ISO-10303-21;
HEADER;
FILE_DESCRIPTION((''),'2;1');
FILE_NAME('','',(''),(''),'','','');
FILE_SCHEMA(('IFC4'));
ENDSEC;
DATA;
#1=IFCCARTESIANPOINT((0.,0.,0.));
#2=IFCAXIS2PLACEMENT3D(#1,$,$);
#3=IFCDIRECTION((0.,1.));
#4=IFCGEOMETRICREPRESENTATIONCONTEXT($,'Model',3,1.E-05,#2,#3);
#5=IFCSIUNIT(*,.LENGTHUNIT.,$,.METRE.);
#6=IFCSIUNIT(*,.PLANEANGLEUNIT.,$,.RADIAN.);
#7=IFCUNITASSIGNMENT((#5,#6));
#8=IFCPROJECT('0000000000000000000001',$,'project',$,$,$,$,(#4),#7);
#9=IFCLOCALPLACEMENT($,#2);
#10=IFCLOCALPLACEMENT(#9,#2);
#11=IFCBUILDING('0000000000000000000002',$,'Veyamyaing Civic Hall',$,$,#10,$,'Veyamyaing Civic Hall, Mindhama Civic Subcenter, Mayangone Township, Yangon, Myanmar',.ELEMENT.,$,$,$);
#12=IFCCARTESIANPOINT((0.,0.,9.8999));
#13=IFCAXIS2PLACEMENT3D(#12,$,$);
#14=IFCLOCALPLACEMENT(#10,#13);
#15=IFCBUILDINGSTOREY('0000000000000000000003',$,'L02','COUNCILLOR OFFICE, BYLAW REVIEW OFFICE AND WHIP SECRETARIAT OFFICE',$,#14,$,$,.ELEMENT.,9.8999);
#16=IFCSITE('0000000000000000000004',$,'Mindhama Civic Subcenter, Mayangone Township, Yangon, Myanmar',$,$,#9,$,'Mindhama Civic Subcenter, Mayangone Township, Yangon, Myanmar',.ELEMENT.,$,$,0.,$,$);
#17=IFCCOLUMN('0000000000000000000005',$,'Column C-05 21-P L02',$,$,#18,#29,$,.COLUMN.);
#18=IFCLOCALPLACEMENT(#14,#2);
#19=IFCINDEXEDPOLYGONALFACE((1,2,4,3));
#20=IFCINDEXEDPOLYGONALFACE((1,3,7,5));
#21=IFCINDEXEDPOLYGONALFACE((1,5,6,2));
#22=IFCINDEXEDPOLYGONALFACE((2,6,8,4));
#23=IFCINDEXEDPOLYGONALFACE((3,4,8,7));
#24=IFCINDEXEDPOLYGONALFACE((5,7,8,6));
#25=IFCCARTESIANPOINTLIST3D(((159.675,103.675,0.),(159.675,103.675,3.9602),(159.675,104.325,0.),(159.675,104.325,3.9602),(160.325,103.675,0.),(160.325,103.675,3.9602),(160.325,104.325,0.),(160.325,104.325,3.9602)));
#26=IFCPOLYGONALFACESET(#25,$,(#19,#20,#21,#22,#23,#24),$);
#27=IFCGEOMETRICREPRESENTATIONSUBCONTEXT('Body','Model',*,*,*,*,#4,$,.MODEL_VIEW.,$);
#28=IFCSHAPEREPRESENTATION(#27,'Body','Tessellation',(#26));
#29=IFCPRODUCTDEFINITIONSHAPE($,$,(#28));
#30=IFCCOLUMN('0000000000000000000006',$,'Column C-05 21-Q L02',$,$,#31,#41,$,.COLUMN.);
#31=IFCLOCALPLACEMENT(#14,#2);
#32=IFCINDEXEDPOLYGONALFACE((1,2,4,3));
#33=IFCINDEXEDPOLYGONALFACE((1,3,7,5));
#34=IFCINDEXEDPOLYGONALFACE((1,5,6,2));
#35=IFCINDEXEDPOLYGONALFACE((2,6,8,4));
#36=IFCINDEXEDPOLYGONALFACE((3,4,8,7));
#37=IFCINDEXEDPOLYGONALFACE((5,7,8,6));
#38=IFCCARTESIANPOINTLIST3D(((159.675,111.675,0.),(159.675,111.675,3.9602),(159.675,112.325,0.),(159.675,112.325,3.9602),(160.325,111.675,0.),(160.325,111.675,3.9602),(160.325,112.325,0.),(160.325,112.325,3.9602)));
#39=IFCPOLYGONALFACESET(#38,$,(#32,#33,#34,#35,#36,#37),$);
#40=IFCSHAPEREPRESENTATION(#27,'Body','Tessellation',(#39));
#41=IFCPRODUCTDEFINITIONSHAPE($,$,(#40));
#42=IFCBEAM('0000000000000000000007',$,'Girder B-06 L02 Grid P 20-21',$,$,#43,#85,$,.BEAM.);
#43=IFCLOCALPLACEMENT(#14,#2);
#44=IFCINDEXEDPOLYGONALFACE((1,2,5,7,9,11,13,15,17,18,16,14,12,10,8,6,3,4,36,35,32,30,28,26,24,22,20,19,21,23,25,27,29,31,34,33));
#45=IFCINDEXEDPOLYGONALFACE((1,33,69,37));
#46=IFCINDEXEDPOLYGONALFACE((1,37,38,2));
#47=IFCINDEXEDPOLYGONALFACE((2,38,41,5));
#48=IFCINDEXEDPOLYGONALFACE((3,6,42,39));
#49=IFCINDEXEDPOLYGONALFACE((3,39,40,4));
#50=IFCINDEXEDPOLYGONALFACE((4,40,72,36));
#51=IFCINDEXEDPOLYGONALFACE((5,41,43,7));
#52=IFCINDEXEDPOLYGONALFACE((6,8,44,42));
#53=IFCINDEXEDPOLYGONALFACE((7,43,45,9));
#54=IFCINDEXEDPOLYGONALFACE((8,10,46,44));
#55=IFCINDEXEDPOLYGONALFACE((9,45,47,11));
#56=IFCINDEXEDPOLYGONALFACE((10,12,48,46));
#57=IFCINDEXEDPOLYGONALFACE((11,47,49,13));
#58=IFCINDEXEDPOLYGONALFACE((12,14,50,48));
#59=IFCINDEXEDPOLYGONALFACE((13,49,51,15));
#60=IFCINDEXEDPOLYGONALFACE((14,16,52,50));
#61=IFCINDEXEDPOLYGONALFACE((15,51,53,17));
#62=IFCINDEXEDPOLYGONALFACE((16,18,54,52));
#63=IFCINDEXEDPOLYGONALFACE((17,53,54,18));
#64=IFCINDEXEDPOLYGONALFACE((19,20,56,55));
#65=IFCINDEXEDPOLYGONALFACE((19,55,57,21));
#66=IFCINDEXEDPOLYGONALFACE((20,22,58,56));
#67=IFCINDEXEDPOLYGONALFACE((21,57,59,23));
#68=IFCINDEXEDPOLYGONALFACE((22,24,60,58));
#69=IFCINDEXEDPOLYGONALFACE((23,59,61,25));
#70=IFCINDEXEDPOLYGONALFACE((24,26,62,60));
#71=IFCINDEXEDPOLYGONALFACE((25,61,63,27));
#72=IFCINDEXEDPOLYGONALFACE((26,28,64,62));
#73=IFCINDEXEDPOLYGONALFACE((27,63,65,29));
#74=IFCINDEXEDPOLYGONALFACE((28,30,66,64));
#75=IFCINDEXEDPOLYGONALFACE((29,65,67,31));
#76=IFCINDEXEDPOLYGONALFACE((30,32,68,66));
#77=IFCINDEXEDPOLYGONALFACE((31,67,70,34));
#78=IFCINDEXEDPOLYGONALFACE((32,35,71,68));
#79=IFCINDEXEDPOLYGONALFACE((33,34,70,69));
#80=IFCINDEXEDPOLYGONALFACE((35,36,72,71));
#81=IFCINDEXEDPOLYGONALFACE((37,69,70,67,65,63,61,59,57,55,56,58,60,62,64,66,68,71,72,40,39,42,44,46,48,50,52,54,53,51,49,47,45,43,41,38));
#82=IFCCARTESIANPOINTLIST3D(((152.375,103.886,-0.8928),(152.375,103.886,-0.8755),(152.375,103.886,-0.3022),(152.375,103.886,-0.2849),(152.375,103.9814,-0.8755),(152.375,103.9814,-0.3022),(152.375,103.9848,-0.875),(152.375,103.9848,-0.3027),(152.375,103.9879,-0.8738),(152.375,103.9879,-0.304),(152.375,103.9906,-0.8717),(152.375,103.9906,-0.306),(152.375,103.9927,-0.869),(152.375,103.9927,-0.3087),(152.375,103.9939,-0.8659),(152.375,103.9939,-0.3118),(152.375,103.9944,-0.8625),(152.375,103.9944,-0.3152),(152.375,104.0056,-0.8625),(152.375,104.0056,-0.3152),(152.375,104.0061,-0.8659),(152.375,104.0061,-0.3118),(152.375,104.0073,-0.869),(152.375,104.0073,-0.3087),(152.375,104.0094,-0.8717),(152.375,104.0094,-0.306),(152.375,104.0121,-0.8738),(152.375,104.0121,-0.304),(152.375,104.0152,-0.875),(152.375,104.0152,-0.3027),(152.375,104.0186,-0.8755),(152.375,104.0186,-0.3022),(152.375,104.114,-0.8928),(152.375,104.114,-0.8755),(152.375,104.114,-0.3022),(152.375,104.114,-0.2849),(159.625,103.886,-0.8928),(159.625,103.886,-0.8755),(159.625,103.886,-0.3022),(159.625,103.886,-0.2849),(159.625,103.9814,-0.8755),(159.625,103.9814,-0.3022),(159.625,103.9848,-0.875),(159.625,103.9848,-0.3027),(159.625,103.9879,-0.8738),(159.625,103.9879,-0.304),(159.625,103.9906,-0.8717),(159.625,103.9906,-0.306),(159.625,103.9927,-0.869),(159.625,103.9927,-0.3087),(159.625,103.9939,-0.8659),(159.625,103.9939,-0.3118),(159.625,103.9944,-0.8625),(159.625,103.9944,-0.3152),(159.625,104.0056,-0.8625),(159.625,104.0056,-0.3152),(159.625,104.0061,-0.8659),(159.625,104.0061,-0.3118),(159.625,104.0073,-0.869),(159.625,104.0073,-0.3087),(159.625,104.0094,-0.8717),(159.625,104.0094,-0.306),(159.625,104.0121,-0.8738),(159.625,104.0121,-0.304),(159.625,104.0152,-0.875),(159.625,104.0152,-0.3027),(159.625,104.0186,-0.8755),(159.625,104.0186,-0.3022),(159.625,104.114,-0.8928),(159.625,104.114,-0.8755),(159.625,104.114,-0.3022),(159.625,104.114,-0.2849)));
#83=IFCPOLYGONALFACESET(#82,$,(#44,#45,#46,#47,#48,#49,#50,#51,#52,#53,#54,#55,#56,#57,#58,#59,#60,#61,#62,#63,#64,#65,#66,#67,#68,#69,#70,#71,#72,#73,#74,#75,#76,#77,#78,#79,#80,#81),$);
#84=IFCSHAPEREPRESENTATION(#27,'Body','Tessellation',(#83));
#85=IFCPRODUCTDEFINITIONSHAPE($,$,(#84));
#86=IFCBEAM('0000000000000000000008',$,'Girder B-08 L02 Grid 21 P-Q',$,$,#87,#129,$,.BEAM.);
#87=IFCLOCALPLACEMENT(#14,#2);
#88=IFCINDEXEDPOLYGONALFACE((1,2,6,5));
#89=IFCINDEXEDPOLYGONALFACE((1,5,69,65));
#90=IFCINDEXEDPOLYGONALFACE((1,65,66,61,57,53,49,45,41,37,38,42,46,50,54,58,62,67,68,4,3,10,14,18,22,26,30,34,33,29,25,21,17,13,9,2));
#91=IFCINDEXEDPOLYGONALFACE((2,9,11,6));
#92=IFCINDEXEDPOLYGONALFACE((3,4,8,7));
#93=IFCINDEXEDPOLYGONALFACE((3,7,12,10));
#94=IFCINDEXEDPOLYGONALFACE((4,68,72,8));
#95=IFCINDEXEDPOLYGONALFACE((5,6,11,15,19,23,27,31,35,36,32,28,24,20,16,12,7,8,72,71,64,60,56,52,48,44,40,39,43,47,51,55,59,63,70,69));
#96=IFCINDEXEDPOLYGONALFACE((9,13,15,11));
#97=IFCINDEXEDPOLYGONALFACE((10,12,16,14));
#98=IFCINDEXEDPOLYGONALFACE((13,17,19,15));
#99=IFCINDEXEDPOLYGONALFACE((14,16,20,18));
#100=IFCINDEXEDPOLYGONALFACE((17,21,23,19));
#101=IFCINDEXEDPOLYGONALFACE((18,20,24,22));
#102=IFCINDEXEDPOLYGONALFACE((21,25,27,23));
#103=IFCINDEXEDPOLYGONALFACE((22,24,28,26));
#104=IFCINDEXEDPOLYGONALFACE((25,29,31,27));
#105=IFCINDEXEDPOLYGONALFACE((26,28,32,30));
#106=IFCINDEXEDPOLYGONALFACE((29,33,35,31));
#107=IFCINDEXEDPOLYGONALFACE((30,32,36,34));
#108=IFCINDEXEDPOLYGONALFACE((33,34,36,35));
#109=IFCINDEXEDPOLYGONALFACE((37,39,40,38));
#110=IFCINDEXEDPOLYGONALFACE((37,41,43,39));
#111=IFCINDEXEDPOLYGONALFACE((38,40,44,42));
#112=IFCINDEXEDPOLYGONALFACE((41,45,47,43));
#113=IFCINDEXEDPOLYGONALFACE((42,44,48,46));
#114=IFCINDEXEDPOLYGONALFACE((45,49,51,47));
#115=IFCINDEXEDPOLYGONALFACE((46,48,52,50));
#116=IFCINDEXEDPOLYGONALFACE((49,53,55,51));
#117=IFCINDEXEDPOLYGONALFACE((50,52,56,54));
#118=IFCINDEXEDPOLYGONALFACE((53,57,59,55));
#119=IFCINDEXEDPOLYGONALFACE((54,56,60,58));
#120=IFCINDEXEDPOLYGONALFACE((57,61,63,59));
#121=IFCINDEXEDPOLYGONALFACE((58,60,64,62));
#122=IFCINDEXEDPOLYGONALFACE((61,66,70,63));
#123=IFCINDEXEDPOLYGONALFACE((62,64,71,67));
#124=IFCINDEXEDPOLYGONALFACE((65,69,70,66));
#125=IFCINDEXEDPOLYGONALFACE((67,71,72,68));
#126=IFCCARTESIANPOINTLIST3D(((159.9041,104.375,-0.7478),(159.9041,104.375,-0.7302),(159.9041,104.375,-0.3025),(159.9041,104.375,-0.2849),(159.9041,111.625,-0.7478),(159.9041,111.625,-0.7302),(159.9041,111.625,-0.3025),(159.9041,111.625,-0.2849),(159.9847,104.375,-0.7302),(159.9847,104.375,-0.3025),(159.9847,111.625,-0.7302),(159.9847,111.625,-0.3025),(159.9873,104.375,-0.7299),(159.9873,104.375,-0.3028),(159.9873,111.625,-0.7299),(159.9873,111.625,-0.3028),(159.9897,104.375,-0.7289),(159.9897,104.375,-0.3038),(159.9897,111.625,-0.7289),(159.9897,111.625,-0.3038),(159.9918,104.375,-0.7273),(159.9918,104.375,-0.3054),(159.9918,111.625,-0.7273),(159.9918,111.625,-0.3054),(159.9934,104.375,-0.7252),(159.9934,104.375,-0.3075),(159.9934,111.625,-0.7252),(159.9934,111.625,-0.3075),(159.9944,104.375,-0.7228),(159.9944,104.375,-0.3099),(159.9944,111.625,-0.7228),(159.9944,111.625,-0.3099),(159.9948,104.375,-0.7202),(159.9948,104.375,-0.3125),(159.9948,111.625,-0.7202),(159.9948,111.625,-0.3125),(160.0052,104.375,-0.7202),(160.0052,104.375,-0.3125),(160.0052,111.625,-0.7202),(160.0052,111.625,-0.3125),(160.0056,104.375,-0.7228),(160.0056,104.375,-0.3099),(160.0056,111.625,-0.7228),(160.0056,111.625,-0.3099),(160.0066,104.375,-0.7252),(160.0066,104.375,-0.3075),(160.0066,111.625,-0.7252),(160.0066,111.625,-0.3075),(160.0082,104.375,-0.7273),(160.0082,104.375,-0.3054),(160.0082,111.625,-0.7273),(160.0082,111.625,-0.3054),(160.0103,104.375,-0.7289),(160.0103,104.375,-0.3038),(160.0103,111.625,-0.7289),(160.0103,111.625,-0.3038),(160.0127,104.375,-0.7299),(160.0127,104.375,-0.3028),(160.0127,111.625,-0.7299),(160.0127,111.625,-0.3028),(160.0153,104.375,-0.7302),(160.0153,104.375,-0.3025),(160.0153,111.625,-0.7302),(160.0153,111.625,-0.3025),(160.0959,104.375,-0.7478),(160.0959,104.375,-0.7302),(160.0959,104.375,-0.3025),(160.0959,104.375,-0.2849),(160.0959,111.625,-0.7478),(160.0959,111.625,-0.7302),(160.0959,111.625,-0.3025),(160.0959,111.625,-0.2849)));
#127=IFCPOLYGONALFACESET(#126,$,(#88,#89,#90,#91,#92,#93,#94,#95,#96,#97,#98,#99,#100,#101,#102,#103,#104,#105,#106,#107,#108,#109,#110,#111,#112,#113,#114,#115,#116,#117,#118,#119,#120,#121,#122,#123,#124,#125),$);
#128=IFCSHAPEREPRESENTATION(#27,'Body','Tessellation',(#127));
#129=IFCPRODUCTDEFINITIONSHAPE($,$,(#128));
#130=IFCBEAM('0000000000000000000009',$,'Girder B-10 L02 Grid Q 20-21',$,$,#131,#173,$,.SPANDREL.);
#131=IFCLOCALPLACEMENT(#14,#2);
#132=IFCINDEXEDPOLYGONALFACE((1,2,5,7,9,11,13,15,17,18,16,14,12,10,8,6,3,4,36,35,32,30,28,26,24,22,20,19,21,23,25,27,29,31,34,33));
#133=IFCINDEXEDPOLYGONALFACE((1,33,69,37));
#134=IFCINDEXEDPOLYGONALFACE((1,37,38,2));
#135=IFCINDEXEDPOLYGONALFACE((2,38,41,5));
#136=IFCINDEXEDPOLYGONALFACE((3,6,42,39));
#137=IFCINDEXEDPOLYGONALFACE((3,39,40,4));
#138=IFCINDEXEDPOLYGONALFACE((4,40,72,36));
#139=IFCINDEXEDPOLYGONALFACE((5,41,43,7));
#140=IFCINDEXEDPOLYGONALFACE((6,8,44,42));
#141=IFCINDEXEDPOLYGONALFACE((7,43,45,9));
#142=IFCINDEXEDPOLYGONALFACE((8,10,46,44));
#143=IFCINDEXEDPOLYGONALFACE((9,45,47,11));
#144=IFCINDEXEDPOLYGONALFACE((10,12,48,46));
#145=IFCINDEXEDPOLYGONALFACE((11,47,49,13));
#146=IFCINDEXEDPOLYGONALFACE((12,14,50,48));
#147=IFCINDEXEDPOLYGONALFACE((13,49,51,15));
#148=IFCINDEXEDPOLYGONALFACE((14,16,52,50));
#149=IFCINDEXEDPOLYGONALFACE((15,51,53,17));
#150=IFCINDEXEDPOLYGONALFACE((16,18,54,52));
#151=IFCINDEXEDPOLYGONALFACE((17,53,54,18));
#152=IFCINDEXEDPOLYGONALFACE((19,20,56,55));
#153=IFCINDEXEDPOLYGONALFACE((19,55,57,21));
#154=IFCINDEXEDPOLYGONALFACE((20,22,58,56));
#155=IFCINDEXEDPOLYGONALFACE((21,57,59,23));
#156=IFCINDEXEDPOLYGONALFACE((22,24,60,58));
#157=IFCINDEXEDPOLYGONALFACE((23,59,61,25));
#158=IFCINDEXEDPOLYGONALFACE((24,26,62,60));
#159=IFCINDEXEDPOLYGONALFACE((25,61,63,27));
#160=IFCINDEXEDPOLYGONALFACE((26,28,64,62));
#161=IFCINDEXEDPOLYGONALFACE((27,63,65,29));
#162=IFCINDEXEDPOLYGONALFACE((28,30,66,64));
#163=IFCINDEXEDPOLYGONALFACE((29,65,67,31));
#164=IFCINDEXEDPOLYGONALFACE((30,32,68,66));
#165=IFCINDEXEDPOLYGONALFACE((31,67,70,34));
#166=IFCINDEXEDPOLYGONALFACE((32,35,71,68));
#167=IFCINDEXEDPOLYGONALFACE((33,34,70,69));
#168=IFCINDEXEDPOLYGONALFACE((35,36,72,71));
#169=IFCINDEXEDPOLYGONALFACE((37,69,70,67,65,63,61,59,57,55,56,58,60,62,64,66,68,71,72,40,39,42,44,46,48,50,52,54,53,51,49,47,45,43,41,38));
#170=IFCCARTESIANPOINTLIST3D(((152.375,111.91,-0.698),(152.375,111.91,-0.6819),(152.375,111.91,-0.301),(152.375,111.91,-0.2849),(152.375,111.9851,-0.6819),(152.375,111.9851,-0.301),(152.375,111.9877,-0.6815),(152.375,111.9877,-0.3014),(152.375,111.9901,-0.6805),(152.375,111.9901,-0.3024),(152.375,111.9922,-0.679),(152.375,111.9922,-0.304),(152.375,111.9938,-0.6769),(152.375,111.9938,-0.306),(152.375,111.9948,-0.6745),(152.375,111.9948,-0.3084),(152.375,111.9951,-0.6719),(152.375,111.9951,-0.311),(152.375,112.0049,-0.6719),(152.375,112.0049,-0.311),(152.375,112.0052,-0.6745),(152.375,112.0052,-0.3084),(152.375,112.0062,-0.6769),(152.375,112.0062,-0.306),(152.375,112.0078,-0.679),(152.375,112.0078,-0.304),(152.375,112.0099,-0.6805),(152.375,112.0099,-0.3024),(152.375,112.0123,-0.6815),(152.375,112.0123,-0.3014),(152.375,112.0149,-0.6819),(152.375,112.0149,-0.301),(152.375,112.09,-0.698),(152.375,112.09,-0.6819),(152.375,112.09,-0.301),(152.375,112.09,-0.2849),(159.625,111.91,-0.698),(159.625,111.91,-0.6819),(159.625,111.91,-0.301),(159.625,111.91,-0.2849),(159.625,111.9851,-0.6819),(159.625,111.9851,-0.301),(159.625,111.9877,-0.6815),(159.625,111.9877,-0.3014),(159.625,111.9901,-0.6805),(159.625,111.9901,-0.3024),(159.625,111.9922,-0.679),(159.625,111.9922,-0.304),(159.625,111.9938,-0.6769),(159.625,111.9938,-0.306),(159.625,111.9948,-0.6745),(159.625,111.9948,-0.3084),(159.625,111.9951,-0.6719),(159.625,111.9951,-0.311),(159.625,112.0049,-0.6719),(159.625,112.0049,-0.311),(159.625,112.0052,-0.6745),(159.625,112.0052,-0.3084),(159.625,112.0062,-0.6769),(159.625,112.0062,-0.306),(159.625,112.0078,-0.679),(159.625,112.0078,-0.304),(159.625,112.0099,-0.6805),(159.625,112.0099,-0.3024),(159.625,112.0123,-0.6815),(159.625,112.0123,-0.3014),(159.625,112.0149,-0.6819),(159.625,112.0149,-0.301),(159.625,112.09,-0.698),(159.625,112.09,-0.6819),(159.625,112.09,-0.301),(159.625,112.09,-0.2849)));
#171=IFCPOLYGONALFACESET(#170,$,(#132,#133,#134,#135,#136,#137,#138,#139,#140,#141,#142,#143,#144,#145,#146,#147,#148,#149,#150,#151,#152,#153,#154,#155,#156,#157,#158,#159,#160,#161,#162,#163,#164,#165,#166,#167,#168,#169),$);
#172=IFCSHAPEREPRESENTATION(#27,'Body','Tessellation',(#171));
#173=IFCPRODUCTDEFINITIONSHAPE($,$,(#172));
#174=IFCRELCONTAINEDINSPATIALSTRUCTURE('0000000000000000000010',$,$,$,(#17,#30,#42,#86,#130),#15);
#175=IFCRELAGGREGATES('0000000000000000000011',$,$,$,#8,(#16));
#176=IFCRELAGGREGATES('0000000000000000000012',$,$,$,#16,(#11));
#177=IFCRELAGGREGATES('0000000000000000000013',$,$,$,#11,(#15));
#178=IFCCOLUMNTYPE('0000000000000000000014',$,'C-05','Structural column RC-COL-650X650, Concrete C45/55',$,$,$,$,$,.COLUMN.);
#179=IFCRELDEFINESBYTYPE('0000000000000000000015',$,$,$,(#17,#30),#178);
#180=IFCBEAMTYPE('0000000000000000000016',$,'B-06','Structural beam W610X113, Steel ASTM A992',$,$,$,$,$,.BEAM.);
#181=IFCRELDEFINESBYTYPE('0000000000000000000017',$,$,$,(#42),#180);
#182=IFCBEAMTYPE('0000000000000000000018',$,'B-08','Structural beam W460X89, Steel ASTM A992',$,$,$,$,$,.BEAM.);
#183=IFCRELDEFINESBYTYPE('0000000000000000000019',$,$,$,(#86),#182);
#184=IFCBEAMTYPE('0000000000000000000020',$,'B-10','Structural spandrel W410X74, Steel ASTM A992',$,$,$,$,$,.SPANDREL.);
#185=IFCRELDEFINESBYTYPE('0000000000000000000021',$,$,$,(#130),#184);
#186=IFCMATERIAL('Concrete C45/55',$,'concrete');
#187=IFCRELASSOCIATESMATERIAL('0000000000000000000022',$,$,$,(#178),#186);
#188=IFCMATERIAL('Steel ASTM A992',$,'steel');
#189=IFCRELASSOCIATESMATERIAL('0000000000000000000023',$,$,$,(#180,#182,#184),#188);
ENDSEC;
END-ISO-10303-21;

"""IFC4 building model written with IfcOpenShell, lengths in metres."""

from ifc_helpers import new_model, si_unit, direction, frame, origin, origin_2d, place, context, subcontext, project, spatial, rectangle, i_section, extrude, material, material_profile, profile_set, type_object, element, save


model = new_model("IFC4")

# Units and contexts
model_context = context("Model", 3, precision=1e-05, world=origin(), true_north=direction((0.0, 1.0)))
body_context = subcontext(model_context, "Body", "Model", "MODEL_VIEW")
ifc_project = project(units=[si_unit("LENGTHUNIT", "METRE"), si_unit("PLANEANGLEUNIT", "RADIAN")], contexts=[model_context])

# Site, building, storey
site_placement = place(None, origin())
site = spatial("IfcSite", under=ifc_project, at=site_placement, Name="Mindhama Civic Subcenter, Mayangone Township, Yangon, Myanmar", LongName="Mindhama Civic Subcenter, Mayangone Township, Yangon, Myanmar", CompositionType="ELEMENT", RefElevation=0.0)
building_placement = place(site_placement, origin())
building = spatial("IfcBuilding", under=site, at=building_placement, Name="Veyamyaing Civic Hall", LongName="Veyamyaing Civic Hall, Mindhama Civic Subcenter, Mayangone Township, Yangon, Myanmar", CompositionType="ELEMENT")
storey_placement = place(building_placement, frame((0.0, 0.0, 9.8999)))
storey = spatial("IfcBuildingStorey", under=building, at=storey_placement, Name="L02", Description="COUNCILLOR OFFICE, BYLAW REVIEW OFFICE AND WHIP SECRETARIAT OFFICE", CompositionType="ELEMENT", Elevation=9.8999)

# Columns
ifc_material_1 = material(Name="Concrete C45/55", Category="concrete")
ifc_material_profile_1 = material_profile(ifc_material_1, rectangle(XDim=0.6499, YDim=0.6499, at=origin_2d()), Name="RC-COL-650X650")
ifc_profile_set_1 = profile_set([ifc_material_profile_1], Name="Concrete C45/55")
column_type = type_object("IfcColumnType", Name="C-05", Description="Structural column RC-COL-650X650, Concrete C45/55", PredefinedType="COLUMN", material=ifc_profile_set_1)
for number, where, z_axis, x_axis, name in (
    (1, (160.0, 104.0, 0.0), (0.0, 0.0, 1.0), (1.0, 0.0, 0.0), "Column C-05 21-P L02"),
    (2, (160.0, 112.0, 0.0), (0.0, 0.0, 1.0), (1.0, 0.0, 0.0), "Column C-05 21-Q L02"),
):
    element("IfcColumn", number, at=place(storey_placement, frame(where, z_axis=z_axis, x_axis=x_axis)), inside=storey, type_object=column_type, Name=name, PredefinedType="COLUMN", context=body_context, shape_type="SweptSolid", body=[
        extrude(rectangle(XDim=0.6499, YDim=0.6499, at=origin_2d()), origin(), (0.0, 0.0, 1.0), 3.9602),
    ])

# Beams
ifc_material_2 = material(Name="Steel ASTM A992", Category="steel")
ifc_material_profile_2 = material_profile(ifc_material_2, i_section(OverallWidth=0.228, OverallDepth=0.6079, WebThickness=0.0112, FlangeThickness=0.0173, FilletRadius=0.0129, at=origin_2d()), Name="W610X113")
ifc_profile_set_2 = profile_set([ifc_material_profile_2], Name="Steel ASTM A992")
beam_type_1 = type_object("IfcBeamType", Name="B-06", Description="Structural beam W610X113, Steel ASTM A992", PredefinedType="BEAM", material=ifc_profile_set_2)
beam_1_placement = place(storey_placement, frame((152.375, 104.0, -0.5889), z_axis=(1.0, 0.0, 0.0), x_axis=(0.0, 1.0, 0.0)))
element("IfcBeam", 3, at=beam_1_placement, inside=storey, type_object=beam_type_1, Name="Girder B-06 L02 Grid P 20-21", PredefinedType="BEAM", context=body_context, shape_type="SweptSolid", body=[
    extrude(i_section(OverallWidth=0.228, OverallDepth=0.6079, WebThickness=0.0112, FlangeThickness=0.0173, FilletRadius=0.0129, at=origin_2d()), origin(), (0.0, 0.0, 1.0), 7.25),
])
ifc_material_profile_3 = material_profile(ifc_material_2, i_section(OverallWidth=0.1919, OverallDepth=0.4629, WebThickness=0.0105, FlangeThickness=0.0176, FilletRadius=0.01, at=origin_2d()), Name="W460X89")
ifc_profile_set_3 = profile_set([ifc_material_profile_3], Name="Steel ASTM A992")
beam_type_2 = type_object("IfcBeamType", Name="B-08", Description="Structural beam W460X89, Steel ASTM A992", PredefinedType="BEAM", material=ifc_profile_set_3)
beam_2_placement = place(storey_placement, frame((160.0, 104.375, -0.5164), z_axis=(0.0, 1.0, 0.0), x_axis=(-1.0, 0.0, 0.0)))
element("IfcBeam", 4, at=beam_2_placement, inside=storey, type_object=beam_type_2, Name="Girder B-08 L02 Grid 21 P-Q", PredefinedType="BEAM", context=body_context, shape_type="SweptSolid", body=[
    extrude(i_section(OverallWidth=0.1919, OverallDepth=0.4629, WebThickness=0.0105, FlangeThickness=0.0176, FilletRadius=0.01, at=origin_2d()), origin(), (0.0, 0.0, 1.0), 7.25),
])
ifc_material_profile_4 = material_profile(ifc_material_2, i_section(OverallWidth=0.1799, OverallDepth=0.4131, WebThickness=0.0098, FlangeThickness=0.0161, FilletRadius=0.01, at=origin_2d()), Name="W410X74")
ifc_profile_set_4 = profile_set([ifc_material_profile_4], Name="Steel ASTM A992")
beam_type_3 = type_object("IfcBeamType", Name="B-10", Description="Structural spandrel W410X74, Steel ASTM A992", PredefinedType="SPANDREL", material=ifc_profile_set_4)
beam_3_placement = place(storey_placement, frame((152.375, 112.0, -0.4915), z_axis=(1.0, 0.0, 0.0), x_axis=(0.0, 1.0, 0.0)))
element("IfcBeam", 5, at=beam_3_placement, inside=storey, type_object=beam_type_3, Name="Girder B-10 L02 Grid Q 20-21", PredefinedType="SPANDREL", context=body_context, shape_type="SweptSolid", body=[
    extrude(i_section(OverallWidth=0.1799, OverallDepth=0.4131, WebThickness=0.0098, FlangeThickness=0.0161, FilletRadius=0.01, at=origin_2d()), origin(), (0.0, 0.0, 1.0), 7.25),
])

save(model, "model.ifc")
